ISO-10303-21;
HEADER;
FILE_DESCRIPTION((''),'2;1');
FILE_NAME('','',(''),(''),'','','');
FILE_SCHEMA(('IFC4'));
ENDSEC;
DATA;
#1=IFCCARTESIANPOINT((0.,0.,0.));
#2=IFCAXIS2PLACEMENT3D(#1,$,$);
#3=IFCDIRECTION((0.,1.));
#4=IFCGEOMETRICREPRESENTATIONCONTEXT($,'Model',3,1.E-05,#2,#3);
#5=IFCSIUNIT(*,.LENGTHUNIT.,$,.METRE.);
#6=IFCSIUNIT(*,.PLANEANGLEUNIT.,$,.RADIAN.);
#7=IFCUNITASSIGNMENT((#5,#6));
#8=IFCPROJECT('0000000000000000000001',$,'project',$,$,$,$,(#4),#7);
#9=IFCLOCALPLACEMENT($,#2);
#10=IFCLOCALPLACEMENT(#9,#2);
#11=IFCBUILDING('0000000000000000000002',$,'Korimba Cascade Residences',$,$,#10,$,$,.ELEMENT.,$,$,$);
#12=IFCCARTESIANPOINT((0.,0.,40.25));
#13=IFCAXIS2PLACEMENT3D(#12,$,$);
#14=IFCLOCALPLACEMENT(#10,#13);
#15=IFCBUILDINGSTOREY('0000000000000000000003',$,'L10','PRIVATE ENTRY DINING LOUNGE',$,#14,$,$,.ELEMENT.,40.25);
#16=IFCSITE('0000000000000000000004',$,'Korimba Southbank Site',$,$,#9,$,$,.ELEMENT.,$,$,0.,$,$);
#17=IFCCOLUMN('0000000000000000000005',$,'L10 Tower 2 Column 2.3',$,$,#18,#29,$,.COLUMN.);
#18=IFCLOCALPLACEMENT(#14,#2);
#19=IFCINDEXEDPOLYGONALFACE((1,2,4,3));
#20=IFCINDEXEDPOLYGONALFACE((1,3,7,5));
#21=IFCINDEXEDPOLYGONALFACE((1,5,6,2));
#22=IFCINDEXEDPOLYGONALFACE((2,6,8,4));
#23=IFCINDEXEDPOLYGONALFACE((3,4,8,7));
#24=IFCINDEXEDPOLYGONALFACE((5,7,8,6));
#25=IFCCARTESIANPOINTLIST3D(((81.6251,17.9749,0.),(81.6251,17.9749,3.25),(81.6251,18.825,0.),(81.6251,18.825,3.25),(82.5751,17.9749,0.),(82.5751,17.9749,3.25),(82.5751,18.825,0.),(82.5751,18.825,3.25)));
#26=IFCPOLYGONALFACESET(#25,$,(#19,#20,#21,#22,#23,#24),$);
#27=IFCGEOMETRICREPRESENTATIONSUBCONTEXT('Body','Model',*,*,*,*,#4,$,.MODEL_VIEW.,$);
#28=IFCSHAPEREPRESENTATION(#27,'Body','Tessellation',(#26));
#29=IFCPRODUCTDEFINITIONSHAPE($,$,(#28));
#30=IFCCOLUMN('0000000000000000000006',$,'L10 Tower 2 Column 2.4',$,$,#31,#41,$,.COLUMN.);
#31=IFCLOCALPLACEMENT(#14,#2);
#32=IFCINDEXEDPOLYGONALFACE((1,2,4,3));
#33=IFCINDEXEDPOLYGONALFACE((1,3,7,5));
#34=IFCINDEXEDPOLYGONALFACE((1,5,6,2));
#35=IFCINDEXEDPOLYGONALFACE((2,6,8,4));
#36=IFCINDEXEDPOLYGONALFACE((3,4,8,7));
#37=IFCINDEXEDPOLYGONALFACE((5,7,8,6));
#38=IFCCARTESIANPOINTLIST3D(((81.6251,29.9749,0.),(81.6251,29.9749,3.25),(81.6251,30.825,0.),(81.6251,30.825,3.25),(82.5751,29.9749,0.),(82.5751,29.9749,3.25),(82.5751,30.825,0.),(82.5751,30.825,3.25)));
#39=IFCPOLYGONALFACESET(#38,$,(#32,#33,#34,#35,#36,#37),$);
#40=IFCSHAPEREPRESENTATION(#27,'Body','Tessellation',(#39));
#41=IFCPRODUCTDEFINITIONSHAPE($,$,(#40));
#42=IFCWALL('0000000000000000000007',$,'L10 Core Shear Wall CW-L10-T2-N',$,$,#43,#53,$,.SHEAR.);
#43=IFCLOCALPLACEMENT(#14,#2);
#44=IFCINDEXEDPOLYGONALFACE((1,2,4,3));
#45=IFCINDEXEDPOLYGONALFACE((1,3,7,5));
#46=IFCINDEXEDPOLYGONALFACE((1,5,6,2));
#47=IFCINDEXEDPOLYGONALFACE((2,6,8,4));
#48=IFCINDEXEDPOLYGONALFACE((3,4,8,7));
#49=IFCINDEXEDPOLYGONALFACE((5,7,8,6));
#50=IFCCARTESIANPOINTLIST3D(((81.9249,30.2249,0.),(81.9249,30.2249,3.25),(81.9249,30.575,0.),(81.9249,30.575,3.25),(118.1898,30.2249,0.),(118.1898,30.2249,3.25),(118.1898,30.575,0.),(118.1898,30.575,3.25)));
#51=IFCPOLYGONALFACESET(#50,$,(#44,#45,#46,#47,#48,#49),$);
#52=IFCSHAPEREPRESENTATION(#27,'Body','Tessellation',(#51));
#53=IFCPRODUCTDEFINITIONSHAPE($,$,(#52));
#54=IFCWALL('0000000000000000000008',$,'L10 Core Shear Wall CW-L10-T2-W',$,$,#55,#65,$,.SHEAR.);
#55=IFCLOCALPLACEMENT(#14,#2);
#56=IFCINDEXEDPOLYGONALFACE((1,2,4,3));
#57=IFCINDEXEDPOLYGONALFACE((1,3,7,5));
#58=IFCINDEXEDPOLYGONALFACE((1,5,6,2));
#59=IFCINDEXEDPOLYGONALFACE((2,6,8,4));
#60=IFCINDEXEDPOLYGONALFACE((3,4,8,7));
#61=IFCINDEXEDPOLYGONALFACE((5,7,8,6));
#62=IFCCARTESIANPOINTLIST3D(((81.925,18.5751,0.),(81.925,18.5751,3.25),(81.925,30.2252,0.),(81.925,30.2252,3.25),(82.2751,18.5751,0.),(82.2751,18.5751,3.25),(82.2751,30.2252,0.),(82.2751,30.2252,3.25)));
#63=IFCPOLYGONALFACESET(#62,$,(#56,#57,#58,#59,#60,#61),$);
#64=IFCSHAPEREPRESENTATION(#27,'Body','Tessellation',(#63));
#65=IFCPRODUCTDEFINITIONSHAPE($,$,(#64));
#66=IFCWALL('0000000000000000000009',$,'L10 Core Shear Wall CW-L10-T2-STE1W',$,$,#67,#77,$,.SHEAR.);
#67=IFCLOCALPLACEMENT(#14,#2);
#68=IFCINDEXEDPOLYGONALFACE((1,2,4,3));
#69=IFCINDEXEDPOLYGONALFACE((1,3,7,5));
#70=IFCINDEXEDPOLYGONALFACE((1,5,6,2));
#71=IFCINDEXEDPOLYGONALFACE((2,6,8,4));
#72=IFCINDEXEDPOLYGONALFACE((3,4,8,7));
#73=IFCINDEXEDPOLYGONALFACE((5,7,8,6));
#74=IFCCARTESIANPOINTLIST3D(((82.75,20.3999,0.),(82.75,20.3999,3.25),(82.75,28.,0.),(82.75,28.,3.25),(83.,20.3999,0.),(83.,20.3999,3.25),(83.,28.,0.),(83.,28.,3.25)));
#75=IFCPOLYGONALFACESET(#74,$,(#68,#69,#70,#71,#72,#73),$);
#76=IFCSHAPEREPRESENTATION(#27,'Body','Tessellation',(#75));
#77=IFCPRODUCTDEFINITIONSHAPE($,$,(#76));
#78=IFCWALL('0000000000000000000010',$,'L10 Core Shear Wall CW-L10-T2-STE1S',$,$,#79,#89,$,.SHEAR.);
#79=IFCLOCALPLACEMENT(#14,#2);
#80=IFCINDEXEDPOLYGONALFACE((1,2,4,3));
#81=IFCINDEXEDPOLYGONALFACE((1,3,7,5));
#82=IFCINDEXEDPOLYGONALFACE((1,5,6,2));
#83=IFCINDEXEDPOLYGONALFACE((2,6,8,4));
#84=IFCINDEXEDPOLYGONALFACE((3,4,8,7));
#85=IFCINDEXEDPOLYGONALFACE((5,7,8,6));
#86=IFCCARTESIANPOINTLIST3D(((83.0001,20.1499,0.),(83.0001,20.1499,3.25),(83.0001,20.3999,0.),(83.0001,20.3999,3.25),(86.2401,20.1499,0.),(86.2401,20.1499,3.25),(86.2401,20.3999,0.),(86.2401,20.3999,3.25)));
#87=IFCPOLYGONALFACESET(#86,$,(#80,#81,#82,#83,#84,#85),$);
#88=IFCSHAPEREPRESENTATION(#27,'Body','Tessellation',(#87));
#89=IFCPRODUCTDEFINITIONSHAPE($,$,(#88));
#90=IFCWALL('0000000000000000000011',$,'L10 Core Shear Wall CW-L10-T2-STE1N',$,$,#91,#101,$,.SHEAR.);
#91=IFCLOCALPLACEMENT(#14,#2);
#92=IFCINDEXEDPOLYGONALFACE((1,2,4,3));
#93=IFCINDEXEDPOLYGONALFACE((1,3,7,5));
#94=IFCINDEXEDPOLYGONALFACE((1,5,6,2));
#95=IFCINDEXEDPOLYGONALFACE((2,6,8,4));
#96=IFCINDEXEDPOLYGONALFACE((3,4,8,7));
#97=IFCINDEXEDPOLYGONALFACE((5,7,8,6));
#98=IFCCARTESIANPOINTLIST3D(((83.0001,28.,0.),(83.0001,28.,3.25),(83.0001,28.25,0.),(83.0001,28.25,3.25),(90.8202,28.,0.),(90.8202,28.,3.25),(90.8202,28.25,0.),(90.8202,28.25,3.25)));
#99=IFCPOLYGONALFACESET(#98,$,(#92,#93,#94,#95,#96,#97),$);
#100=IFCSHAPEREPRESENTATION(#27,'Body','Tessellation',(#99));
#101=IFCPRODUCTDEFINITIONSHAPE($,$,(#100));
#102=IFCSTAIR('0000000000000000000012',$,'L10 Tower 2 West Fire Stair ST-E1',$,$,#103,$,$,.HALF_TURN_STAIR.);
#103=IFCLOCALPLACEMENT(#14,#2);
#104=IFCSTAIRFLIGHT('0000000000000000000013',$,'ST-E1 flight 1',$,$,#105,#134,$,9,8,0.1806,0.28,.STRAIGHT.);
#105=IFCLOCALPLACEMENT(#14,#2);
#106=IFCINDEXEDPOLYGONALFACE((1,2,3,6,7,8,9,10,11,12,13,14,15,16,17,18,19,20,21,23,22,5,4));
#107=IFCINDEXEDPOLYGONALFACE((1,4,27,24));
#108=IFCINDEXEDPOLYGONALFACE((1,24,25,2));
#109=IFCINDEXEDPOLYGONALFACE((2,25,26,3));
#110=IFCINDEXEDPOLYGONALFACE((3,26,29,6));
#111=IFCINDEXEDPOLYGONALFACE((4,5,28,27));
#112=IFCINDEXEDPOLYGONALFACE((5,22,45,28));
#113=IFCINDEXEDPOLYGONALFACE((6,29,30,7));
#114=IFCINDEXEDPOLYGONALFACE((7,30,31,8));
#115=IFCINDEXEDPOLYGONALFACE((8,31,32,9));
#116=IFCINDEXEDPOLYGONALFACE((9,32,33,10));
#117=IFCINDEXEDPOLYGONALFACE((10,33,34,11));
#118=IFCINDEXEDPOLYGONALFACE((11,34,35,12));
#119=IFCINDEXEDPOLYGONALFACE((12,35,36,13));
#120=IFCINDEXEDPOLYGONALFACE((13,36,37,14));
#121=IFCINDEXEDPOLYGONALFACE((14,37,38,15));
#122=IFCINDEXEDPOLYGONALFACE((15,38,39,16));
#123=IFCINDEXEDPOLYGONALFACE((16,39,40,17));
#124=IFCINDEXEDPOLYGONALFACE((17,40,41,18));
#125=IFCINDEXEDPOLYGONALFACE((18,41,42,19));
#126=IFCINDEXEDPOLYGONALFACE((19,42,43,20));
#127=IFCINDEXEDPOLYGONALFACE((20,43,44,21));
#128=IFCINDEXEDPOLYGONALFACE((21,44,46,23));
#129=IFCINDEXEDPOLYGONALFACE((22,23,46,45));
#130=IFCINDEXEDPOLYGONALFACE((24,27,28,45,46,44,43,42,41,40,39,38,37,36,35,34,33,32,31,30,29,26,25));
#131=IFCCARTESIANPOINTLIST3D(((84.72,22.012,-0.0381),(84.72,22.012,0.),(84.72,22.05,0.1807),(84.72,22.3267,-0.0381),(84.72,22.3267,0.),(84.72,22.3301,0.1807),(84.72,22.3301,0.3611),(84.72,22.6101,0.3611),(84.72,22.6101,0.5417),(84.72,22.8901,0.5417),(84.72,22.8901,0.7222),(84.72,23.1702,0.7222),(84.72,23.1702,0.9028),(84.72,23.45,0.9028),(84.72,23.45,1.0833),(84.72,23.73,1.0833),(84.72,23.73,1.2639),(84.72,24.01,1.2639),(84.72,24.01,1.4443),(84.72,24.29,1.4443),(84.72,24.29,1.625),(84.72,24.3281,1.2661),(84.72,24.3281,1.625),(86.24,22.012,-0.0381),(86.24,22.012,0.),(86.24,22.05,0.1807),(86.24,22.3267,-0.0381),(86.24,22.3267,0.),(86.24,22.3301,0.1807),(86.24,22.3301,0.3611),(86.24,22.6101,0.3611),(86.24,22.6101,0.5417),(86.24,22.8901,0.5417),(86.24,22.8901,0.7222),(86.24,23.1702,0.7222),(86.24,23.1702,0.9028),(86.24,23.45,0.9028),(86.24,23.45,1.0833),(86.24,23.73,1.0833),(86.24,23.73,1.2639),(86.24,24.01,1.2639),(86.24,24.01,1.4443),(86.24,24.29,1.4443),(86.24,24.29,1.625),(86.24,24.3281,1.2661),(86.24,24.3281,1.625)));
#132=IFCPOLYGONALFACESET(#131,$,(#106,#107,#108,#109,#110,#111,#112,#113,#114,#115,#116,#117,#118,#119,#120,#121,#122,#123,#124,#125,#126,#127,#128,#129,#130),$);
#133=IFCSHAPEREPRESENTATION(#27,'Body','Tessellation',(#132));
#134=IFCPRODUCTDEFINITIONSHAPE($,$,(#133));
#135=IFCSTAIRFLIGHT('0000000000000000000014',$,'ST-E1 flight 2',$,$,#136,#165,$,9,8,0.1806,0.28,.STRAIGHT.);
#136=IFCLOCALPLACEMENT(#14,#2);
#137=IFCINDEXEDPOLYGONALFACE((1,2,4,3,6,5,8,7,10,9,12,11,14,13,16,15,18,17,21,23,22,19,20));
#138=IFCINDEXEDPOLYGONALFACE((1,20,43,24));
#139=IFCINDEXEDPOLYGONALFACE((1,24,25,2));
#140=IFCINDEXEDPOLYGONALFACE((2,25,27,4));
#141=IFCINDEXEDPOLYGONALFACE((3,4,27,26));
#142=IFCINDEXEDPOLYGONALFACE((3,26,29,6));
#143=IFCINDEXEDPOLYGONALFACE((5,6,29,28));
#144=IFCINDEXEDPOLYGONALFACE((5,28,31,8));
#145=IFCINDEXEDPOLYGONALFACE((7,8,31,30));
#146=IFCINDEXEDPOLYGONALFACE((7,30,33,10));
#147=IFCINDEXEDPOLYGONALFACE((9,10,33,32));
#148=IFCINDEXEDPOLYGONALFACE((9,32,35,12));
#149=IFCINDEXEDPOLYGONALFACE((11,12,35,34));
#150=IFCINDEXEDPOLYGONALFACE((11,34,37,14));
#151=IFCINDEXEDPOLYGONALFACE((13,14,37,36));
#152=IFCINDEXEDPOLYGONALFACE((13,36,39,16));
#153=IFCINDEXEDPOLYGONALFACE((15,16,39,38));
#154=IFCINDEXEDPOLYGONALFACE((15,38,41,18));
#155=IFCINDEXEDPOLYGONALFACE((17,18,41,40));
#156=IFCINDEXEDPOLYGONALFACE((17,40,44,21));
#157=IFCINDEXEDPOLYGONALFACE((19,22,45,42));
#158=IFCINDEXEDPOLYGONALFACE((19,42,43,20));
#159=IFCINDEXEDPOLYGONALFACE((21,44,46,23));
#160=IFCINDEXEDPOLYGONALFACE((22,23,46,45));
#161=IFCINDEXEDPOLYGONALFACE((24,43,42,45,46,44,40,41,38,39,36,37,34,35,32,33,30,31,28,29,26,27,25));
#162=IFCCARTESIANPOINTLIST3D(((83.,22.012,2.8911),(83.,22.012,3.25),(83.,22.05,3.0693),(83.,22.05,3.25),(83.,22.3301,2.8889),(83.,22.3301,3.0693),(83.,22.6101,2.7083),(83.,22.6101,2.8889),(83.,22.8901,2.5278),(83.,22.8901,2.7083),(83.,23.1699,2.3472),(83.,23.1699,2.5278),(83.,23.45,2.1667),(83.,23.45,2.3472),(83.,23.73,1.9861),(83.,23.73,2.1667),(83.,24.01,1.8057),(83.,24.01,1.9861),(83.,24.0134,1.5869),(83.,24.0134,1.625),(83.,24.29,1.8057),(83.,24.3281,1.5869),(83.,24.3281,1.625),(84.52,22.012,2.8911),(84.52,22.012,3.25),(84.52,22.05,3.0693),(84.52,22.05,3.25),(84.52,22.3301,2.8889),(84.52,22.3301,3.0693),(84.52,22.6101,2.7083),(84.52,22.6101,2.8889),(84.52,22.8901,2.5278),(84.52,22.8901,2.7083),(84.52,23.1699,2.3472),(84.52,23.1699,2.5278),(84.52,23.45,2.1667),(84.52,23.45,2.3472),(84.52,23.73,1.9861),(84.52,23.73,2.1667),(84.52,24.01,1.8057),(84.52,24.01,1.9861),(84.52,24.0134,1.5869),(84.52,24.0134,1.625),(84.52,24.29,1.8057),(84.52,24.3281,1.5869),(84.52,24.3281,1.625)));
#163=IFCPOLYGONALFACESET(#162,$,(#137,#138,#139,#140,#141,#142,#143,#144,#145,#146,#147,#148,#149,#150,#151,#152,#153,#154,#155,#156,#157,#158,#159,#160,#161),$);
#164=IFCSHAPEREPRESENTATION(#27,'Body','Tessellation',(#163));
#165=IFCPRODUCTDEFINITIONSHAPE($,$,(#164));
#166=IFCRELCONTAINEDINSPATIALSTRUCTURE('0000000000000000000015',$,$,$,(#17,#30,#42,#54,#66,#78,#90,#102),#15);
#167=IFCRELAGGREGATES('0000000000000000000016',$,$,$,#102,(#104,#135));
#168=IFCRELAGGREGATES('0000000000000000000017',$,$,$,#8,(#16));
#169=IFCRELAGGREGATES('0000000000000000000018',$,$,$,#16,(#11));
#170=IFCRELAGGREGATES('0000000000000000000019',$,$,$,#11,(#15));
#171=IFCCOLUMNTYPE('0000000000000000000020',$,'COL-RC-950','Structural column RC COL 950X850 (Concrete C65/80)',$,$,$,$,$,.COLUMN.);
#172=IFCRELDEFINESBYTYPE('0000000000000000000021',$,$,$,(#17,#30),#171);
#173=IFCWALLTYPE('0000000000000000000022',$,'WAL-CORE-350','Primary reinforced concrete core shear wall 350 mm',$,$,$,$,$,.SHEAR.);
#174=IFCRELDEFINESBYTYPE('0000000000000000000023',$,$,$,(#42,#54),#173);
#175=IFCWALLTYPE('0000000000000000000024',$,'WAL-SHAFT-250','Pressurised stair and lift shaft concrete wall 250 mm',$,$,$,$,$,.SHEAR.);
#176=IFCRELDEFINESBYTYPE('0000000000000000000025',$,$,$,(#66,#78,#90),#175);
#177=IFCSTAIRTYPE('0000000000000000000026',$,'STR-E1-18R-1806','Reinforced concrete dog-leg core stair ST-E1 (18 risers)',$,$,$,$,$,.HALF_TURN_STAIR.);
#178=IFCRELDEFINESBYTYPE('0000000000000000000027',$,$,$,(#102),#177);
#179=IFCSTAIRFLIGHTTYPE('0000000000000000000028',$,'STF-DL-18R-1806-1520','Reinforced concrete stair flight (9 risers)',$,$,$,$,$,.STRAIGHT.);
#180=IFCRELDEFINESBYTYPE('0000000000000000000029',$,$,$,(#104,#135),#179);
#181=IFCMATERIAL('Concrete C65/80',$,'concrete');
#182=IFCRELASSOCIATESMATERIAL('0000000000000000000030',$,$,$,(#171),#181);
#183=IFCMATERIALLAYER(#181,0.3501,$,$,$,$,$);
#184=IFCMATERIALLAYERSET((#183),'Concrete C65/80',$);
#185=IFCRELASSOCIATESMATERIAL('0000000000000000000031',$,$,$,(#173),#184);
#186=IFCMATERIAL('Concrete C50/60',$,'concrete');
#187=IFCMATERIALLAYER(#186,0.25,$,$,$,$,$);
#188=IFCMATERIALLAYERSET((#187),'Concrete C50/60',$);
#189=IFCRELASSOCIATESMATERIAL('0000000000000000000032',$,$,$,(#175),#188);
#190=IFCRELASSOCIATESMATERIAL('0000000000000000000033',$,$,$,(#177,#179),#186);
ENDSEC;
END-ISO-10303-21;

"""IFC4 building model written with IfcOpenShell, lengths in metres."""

from ifc_helpers import new_model, si_unit, direction, frame, frame_2d, origin, origin_2d, place, context, subcontext, project, spatial, polyline, rectangle, outline, extrude, material, layer, layer_set, material_profile, profile_set, type_object, element, aggregate, save


model = new_model("IFC4")

# Units and contexts
model_context = context("Model", 3, precision=1e-05, world=origin(), true_north=direction((0.0, 1.0)))
body_context = subcontext(model_context, "Body", "Model", "MODEL_VIEW")
ifc_project = project(units=[si_unit("LENGTHUNIT", "METRE"), si_unit("PLANEANGLEUNIT", "RADIAN")], contexts=[model_context])

# Site, building, storey
site_placement = place(None, origin())
site = spatial("IfcSite", under=ifc_project, at=site_placement, Name="Korimba Southbank Site", CompositionType="ELEMENT", RefElevation=0.0)
building_placement = place(site_placement, origin())
building = spatial("IfcBuilding", under=site, at=building_placement, Name="Korimba Cascade Residences", CompositionType="ELEMENT")
storey_placement = place(building_placement, frame((0.0, 0.0, 40.25)))
storey = spatial("IfcBuildingStorey", under=building, at=storey_placement, Name="L10", Description="PRIVATE ENTRY DINING LOUNGE", CompositionType="ELEMENT", Elevation=40.25)

# Columns
ifc_material_1 = material(Name="Concrete C65/80", Category="concrete")
ifc_material_profile = material_profile(ifc_material_1, rectangle(XDim=0.95, YDim=0.8501, at=origin_2d()), Name="Concrete C65/80")
ifc_profile_set = profile_set([ifc_material_profile], Name="Concrete C65/80")
column_type = type_object("IfcColumnType", Name="COL-RC-950", Description="Structural column RC COL 950X850 (Concrete C65/80)", PredefinedType="COLUMN", material=ifc_profile_set)
for number, where, z_axis, x_axis, name in (
    (1, (82.1001, 18.3999, 0.0), (0.0, 0.0, 1.0), (1.0, 0.0, 0.0), "L10 Tower 2 Column 2.3"),
    (2, (82.1001, 30.3999, 0.0), (0.0, 0.0, 1.0), (1.0, 0.0, 0.0), "L10 Tower 2 Column 2.4"),
):
    element("IfcColumn", number, at=place(storey_placement, frame(where, z_axis=z_axis, x_axis=x_axis)), inside=storey, type_object=column_type, Name=name, PredefinedType="COLUMN", context=body_context, shape_type="SweptSolid", body=[
        extrude(rectangle(XDim=0.95, YDim=0.8501, at=origin_2d()), origin(), (0.0, 0.0, 1.0), 3.25),
    ])

# Walls
ifc_layer_1 = layer(ifc_material_1, 0.3501)
ifc_layer_set_1 = layer_set([ifc_layer_1], Name="Concrete C65/80")
wall_type_1 = type_object("IfcWallType", Name="WAL-CORE-350", Description="Primary reinforced concrete core shear wall 350 mm", PredefinedType="SHEAR", material=ifc_layer_set_1)
wall_1_placement = place(storey_placement, frame((81.925, 30.3999, 0.0), z_axis=(0.0, 0.0, 1.0), x_axis=(1.0, 0.0, 0.0)))
element("IfcWall", 3, at=wall_1_placement, inside=storey, type_object=wall_type_1, Name="L10 Core Shear Wall CW-L10-T2-N", PredefinedType="SHEAR", context=body_context, shape_type="SweptSolid", body=[
    extrude(rectangle(XDim=36.2649, YDim=0.3501, at=frame_2d((18.1323, 0.0))), origin(), (0.0, 0.0, 1.0), 3.25),
])
wall_2_placement = place(storey_placement, frame((82.1001, 18.575, 0.0), z_axis=(0.0, 0.0, 1.0), x_axis=(0.0, 1.0, 0.0)))
element("IfcWall", 4, at=wall_2_placement, inside=storey, type_object=wall_type_1, Name="L10 Core Shear Wall CW-L10-T2-W", PredefinedType="SHEAR", context=body_context, shape_type="SweptSolid", body=[
    extrude(rectangle(XDim=11.6501, YDim=0.3501, at=frame_2d((5.8252, 0.0))), origin(), (0.0, 0.0, 1.0), 3.25),
])
ifc_material_2 = material(Name="Concrete C50/60", Category="concrete")
ifc_layer_2 = layer(ifc_material_2, 0.25)
ifc_layer_set_2 = layer_set([ifc_layer_2], Name="Concrete C50/60")
wall_type_2 = type_object("IfcWallType", Name="WAL-SHAFT-250", Description="Pressurised stair and lift shaft concrete wall 250 mm", PredefinedType="SHEAR", material=ifc_layer_set_2)
wall_3_placement = place(storey_placement, frame((82.875, 20.3999, 0.0), z_axis=(0.0, 0.0, 1.0), x_axis=(0.0, 1.0, 0.0)))
element("IfcWall", 5, at=wall_3_placement, inside=storey, type_object=wall_type_2, Name="L10 Core Shear Wall CW-L10-T2-STE1W", PredefinedType="SHEAR", context=body_context, shape_type="SweptSolid", body=[
    extrude(rectangle(XDim=7.6001, YDim=0.25, at=frame_2d((3.8, 0.0))), origin(), (0.0, 0.0, 1.0), 3.25),
])
wall_4_placement = place(storey_placement, frame((83.0, 20.2749, 0.0), z_axis=(0.0, 0.0, 1.0), x_axis=(1.0, 0.0, 0.0)))
element("IfcWall", 6, at=wall_4_placement, inside=storey, type_object=wall_type_2, Name="L10 Core Shear Wall CW-L10-T2-STE1S", PredefinedType="SHEAR", context=body_context, shape_type="SweptSolid", body=[
    extrude(rectangle(XDim=3.24, YDim=0.25, at=frame_2d((1.6201, 0.0))), origin(), (0.0, 0.0, 1.0), 3.25),
])
wall_5_placement = place(storey_placement, frame((83.0, 28.125, 0.0), z_axis=(0.0, 0.0, 1.0), x_axis=(1.0, 0.0, 0.0)))
element("IfcWall", 7, at=wall_5_placement, inside=storey, type_object=wall_type_2, Name="L10 Core Shear Wall CW-L10-T2-STE1N", PredefinedType="SHEAR", context=body_context, shape_type="SweptSolid", body=[
    extrude(rectangle(XDim=7.8201, YDim=0.25, at=frame_2d((3.9102, 0.0))), origin(), (0.0, 0.0, 1.0), 3.25),
])

# Stair, stair flights
stair_type = type_object("IfcStairType", Name="STR-E1-18R-1806", Description="Reinforced concrete dog-leg core stair ST-E1 (18 risers)", PredefinedType="HALF_TURN_STAIR", material=ifc_material_2)
stair_placement = place(storey_placement, origin())
stair = element("IfcStair", 8, at=stair_placement, inside=storey, type_object=stair_type, Name="L10 Tower 2 West Fire Stair ST-E1", PredefinedType="HALF_TURN_STAIR")
stair_flight_type = type_object("IfcStairFlightType", Name="STF-DL-18R-1806-1520", Description="Reinforced concrete stair flight (9 risers)", PredefinedType="STRAIGHT", material=ifc_material_2)
stair_flight_1_placement = place(storey_placement, frame((85.48, 22.05, 0.0), z_axis=(0.0, 0.0, 1.0), x_axis=(0.0, 1.0, 0.0)))
stair_flight_1 = element("IfcStairFlight", 9, at=stair_flight_1_placement, type_object=stair_flight_type, Name="ST-E1 flight 1", NumberOfRisers=9, NumberOfTreads=8, PredefinedType="STRAIGHT", RiserHeight=0.1806, TreadLength=0.28, context=body_context, shape_type="SweptSolid", body=[
    extrude(outline(polyline([(-0.0381, 0.0), (0.0, 0.1807), (0.28, 0.1807), (0.28, 0.3611), (0.5601, 0.3611), (0.5601, 0.5417), (0.8401, 0.5417), (0.8401, 0.7222), (1.1201, 0.7222), (1.1201, 0.9028), (1.3999, 0.9028), (1.3999, 1.0833), (1.6799, 1.0833), (1.6799, 1.2639), (1.96, 1.2639), (1.96, 1.4443), (2.24, 1.4443), (2.24, 1.625), (2.2781, 1.625), (2.2781, 1.2661), (0.2766, 0.0), (0.2766, -0.0381), (-0.0381, -0.0381), (-0.0381, 0.0)])), frame((0.0, 0.76, 0.0), z_axis=(0.0, -1.0, 0.0), x_axis=(1.0, 0.0, 0.0)), (0.0, 0.0, 1.0), 1.52),
])
stair_flight_2_placement = place(storey_placement, frame((83.76, 24.29, 1.625), z_axis=(0.0, 0.0, 1.0), x_axis=(0.0, -1.0, 0.0)))
stair_flight_2 = element("IfcStairFlight", 10, at=stair_flight_2_placement, type_object=stair_flight_type, Name="ST-E1 flight 2", NumberOfRisers=9, NumberOfTreads=8, PredefinedType="STRAIGHT", RiserHeight=0.1806, TreadLength=0.28, context=body_context, shape_type="SweptSolid", body=[
    extrude(outline(polyline([(-0.0381, 0.0), (0.0, 0.1807), (0.28, 0.1807), (0.28, 0.3611), (0.5601, 0.3611), (0.5601, 0.5417), (0.8401, 0.5417), (0.8401, 0.7222), (1.1201, 0.7222), (1.1201, 0.9028), (1.3999, 0.9028), (1.3999, 1.0833), (1.6799, 1.0833), (1.6799, 1.2639), (1.96, 1.2639), (1.96, 1.4443), (2.24, 1.4443), (2.24, 1.625), (2.2781, 1.625), (2.2781, 1.2661), (0.2766, 0.0), (0.2766, -0.0381), (-0.0381, -0.0381), (-0.0381, 0.0)])), frame((0.0, 0.76, 0.0), z_axis=(0.0, -1.0, 0.0), x_axis=(1.0, 0.0, 0.0)), (0.0, 0.0, 1.0), 1.52),
])
aggregate(stair, [stair_flight_1, stair_flight_2])

save(model, "model.ifc")
